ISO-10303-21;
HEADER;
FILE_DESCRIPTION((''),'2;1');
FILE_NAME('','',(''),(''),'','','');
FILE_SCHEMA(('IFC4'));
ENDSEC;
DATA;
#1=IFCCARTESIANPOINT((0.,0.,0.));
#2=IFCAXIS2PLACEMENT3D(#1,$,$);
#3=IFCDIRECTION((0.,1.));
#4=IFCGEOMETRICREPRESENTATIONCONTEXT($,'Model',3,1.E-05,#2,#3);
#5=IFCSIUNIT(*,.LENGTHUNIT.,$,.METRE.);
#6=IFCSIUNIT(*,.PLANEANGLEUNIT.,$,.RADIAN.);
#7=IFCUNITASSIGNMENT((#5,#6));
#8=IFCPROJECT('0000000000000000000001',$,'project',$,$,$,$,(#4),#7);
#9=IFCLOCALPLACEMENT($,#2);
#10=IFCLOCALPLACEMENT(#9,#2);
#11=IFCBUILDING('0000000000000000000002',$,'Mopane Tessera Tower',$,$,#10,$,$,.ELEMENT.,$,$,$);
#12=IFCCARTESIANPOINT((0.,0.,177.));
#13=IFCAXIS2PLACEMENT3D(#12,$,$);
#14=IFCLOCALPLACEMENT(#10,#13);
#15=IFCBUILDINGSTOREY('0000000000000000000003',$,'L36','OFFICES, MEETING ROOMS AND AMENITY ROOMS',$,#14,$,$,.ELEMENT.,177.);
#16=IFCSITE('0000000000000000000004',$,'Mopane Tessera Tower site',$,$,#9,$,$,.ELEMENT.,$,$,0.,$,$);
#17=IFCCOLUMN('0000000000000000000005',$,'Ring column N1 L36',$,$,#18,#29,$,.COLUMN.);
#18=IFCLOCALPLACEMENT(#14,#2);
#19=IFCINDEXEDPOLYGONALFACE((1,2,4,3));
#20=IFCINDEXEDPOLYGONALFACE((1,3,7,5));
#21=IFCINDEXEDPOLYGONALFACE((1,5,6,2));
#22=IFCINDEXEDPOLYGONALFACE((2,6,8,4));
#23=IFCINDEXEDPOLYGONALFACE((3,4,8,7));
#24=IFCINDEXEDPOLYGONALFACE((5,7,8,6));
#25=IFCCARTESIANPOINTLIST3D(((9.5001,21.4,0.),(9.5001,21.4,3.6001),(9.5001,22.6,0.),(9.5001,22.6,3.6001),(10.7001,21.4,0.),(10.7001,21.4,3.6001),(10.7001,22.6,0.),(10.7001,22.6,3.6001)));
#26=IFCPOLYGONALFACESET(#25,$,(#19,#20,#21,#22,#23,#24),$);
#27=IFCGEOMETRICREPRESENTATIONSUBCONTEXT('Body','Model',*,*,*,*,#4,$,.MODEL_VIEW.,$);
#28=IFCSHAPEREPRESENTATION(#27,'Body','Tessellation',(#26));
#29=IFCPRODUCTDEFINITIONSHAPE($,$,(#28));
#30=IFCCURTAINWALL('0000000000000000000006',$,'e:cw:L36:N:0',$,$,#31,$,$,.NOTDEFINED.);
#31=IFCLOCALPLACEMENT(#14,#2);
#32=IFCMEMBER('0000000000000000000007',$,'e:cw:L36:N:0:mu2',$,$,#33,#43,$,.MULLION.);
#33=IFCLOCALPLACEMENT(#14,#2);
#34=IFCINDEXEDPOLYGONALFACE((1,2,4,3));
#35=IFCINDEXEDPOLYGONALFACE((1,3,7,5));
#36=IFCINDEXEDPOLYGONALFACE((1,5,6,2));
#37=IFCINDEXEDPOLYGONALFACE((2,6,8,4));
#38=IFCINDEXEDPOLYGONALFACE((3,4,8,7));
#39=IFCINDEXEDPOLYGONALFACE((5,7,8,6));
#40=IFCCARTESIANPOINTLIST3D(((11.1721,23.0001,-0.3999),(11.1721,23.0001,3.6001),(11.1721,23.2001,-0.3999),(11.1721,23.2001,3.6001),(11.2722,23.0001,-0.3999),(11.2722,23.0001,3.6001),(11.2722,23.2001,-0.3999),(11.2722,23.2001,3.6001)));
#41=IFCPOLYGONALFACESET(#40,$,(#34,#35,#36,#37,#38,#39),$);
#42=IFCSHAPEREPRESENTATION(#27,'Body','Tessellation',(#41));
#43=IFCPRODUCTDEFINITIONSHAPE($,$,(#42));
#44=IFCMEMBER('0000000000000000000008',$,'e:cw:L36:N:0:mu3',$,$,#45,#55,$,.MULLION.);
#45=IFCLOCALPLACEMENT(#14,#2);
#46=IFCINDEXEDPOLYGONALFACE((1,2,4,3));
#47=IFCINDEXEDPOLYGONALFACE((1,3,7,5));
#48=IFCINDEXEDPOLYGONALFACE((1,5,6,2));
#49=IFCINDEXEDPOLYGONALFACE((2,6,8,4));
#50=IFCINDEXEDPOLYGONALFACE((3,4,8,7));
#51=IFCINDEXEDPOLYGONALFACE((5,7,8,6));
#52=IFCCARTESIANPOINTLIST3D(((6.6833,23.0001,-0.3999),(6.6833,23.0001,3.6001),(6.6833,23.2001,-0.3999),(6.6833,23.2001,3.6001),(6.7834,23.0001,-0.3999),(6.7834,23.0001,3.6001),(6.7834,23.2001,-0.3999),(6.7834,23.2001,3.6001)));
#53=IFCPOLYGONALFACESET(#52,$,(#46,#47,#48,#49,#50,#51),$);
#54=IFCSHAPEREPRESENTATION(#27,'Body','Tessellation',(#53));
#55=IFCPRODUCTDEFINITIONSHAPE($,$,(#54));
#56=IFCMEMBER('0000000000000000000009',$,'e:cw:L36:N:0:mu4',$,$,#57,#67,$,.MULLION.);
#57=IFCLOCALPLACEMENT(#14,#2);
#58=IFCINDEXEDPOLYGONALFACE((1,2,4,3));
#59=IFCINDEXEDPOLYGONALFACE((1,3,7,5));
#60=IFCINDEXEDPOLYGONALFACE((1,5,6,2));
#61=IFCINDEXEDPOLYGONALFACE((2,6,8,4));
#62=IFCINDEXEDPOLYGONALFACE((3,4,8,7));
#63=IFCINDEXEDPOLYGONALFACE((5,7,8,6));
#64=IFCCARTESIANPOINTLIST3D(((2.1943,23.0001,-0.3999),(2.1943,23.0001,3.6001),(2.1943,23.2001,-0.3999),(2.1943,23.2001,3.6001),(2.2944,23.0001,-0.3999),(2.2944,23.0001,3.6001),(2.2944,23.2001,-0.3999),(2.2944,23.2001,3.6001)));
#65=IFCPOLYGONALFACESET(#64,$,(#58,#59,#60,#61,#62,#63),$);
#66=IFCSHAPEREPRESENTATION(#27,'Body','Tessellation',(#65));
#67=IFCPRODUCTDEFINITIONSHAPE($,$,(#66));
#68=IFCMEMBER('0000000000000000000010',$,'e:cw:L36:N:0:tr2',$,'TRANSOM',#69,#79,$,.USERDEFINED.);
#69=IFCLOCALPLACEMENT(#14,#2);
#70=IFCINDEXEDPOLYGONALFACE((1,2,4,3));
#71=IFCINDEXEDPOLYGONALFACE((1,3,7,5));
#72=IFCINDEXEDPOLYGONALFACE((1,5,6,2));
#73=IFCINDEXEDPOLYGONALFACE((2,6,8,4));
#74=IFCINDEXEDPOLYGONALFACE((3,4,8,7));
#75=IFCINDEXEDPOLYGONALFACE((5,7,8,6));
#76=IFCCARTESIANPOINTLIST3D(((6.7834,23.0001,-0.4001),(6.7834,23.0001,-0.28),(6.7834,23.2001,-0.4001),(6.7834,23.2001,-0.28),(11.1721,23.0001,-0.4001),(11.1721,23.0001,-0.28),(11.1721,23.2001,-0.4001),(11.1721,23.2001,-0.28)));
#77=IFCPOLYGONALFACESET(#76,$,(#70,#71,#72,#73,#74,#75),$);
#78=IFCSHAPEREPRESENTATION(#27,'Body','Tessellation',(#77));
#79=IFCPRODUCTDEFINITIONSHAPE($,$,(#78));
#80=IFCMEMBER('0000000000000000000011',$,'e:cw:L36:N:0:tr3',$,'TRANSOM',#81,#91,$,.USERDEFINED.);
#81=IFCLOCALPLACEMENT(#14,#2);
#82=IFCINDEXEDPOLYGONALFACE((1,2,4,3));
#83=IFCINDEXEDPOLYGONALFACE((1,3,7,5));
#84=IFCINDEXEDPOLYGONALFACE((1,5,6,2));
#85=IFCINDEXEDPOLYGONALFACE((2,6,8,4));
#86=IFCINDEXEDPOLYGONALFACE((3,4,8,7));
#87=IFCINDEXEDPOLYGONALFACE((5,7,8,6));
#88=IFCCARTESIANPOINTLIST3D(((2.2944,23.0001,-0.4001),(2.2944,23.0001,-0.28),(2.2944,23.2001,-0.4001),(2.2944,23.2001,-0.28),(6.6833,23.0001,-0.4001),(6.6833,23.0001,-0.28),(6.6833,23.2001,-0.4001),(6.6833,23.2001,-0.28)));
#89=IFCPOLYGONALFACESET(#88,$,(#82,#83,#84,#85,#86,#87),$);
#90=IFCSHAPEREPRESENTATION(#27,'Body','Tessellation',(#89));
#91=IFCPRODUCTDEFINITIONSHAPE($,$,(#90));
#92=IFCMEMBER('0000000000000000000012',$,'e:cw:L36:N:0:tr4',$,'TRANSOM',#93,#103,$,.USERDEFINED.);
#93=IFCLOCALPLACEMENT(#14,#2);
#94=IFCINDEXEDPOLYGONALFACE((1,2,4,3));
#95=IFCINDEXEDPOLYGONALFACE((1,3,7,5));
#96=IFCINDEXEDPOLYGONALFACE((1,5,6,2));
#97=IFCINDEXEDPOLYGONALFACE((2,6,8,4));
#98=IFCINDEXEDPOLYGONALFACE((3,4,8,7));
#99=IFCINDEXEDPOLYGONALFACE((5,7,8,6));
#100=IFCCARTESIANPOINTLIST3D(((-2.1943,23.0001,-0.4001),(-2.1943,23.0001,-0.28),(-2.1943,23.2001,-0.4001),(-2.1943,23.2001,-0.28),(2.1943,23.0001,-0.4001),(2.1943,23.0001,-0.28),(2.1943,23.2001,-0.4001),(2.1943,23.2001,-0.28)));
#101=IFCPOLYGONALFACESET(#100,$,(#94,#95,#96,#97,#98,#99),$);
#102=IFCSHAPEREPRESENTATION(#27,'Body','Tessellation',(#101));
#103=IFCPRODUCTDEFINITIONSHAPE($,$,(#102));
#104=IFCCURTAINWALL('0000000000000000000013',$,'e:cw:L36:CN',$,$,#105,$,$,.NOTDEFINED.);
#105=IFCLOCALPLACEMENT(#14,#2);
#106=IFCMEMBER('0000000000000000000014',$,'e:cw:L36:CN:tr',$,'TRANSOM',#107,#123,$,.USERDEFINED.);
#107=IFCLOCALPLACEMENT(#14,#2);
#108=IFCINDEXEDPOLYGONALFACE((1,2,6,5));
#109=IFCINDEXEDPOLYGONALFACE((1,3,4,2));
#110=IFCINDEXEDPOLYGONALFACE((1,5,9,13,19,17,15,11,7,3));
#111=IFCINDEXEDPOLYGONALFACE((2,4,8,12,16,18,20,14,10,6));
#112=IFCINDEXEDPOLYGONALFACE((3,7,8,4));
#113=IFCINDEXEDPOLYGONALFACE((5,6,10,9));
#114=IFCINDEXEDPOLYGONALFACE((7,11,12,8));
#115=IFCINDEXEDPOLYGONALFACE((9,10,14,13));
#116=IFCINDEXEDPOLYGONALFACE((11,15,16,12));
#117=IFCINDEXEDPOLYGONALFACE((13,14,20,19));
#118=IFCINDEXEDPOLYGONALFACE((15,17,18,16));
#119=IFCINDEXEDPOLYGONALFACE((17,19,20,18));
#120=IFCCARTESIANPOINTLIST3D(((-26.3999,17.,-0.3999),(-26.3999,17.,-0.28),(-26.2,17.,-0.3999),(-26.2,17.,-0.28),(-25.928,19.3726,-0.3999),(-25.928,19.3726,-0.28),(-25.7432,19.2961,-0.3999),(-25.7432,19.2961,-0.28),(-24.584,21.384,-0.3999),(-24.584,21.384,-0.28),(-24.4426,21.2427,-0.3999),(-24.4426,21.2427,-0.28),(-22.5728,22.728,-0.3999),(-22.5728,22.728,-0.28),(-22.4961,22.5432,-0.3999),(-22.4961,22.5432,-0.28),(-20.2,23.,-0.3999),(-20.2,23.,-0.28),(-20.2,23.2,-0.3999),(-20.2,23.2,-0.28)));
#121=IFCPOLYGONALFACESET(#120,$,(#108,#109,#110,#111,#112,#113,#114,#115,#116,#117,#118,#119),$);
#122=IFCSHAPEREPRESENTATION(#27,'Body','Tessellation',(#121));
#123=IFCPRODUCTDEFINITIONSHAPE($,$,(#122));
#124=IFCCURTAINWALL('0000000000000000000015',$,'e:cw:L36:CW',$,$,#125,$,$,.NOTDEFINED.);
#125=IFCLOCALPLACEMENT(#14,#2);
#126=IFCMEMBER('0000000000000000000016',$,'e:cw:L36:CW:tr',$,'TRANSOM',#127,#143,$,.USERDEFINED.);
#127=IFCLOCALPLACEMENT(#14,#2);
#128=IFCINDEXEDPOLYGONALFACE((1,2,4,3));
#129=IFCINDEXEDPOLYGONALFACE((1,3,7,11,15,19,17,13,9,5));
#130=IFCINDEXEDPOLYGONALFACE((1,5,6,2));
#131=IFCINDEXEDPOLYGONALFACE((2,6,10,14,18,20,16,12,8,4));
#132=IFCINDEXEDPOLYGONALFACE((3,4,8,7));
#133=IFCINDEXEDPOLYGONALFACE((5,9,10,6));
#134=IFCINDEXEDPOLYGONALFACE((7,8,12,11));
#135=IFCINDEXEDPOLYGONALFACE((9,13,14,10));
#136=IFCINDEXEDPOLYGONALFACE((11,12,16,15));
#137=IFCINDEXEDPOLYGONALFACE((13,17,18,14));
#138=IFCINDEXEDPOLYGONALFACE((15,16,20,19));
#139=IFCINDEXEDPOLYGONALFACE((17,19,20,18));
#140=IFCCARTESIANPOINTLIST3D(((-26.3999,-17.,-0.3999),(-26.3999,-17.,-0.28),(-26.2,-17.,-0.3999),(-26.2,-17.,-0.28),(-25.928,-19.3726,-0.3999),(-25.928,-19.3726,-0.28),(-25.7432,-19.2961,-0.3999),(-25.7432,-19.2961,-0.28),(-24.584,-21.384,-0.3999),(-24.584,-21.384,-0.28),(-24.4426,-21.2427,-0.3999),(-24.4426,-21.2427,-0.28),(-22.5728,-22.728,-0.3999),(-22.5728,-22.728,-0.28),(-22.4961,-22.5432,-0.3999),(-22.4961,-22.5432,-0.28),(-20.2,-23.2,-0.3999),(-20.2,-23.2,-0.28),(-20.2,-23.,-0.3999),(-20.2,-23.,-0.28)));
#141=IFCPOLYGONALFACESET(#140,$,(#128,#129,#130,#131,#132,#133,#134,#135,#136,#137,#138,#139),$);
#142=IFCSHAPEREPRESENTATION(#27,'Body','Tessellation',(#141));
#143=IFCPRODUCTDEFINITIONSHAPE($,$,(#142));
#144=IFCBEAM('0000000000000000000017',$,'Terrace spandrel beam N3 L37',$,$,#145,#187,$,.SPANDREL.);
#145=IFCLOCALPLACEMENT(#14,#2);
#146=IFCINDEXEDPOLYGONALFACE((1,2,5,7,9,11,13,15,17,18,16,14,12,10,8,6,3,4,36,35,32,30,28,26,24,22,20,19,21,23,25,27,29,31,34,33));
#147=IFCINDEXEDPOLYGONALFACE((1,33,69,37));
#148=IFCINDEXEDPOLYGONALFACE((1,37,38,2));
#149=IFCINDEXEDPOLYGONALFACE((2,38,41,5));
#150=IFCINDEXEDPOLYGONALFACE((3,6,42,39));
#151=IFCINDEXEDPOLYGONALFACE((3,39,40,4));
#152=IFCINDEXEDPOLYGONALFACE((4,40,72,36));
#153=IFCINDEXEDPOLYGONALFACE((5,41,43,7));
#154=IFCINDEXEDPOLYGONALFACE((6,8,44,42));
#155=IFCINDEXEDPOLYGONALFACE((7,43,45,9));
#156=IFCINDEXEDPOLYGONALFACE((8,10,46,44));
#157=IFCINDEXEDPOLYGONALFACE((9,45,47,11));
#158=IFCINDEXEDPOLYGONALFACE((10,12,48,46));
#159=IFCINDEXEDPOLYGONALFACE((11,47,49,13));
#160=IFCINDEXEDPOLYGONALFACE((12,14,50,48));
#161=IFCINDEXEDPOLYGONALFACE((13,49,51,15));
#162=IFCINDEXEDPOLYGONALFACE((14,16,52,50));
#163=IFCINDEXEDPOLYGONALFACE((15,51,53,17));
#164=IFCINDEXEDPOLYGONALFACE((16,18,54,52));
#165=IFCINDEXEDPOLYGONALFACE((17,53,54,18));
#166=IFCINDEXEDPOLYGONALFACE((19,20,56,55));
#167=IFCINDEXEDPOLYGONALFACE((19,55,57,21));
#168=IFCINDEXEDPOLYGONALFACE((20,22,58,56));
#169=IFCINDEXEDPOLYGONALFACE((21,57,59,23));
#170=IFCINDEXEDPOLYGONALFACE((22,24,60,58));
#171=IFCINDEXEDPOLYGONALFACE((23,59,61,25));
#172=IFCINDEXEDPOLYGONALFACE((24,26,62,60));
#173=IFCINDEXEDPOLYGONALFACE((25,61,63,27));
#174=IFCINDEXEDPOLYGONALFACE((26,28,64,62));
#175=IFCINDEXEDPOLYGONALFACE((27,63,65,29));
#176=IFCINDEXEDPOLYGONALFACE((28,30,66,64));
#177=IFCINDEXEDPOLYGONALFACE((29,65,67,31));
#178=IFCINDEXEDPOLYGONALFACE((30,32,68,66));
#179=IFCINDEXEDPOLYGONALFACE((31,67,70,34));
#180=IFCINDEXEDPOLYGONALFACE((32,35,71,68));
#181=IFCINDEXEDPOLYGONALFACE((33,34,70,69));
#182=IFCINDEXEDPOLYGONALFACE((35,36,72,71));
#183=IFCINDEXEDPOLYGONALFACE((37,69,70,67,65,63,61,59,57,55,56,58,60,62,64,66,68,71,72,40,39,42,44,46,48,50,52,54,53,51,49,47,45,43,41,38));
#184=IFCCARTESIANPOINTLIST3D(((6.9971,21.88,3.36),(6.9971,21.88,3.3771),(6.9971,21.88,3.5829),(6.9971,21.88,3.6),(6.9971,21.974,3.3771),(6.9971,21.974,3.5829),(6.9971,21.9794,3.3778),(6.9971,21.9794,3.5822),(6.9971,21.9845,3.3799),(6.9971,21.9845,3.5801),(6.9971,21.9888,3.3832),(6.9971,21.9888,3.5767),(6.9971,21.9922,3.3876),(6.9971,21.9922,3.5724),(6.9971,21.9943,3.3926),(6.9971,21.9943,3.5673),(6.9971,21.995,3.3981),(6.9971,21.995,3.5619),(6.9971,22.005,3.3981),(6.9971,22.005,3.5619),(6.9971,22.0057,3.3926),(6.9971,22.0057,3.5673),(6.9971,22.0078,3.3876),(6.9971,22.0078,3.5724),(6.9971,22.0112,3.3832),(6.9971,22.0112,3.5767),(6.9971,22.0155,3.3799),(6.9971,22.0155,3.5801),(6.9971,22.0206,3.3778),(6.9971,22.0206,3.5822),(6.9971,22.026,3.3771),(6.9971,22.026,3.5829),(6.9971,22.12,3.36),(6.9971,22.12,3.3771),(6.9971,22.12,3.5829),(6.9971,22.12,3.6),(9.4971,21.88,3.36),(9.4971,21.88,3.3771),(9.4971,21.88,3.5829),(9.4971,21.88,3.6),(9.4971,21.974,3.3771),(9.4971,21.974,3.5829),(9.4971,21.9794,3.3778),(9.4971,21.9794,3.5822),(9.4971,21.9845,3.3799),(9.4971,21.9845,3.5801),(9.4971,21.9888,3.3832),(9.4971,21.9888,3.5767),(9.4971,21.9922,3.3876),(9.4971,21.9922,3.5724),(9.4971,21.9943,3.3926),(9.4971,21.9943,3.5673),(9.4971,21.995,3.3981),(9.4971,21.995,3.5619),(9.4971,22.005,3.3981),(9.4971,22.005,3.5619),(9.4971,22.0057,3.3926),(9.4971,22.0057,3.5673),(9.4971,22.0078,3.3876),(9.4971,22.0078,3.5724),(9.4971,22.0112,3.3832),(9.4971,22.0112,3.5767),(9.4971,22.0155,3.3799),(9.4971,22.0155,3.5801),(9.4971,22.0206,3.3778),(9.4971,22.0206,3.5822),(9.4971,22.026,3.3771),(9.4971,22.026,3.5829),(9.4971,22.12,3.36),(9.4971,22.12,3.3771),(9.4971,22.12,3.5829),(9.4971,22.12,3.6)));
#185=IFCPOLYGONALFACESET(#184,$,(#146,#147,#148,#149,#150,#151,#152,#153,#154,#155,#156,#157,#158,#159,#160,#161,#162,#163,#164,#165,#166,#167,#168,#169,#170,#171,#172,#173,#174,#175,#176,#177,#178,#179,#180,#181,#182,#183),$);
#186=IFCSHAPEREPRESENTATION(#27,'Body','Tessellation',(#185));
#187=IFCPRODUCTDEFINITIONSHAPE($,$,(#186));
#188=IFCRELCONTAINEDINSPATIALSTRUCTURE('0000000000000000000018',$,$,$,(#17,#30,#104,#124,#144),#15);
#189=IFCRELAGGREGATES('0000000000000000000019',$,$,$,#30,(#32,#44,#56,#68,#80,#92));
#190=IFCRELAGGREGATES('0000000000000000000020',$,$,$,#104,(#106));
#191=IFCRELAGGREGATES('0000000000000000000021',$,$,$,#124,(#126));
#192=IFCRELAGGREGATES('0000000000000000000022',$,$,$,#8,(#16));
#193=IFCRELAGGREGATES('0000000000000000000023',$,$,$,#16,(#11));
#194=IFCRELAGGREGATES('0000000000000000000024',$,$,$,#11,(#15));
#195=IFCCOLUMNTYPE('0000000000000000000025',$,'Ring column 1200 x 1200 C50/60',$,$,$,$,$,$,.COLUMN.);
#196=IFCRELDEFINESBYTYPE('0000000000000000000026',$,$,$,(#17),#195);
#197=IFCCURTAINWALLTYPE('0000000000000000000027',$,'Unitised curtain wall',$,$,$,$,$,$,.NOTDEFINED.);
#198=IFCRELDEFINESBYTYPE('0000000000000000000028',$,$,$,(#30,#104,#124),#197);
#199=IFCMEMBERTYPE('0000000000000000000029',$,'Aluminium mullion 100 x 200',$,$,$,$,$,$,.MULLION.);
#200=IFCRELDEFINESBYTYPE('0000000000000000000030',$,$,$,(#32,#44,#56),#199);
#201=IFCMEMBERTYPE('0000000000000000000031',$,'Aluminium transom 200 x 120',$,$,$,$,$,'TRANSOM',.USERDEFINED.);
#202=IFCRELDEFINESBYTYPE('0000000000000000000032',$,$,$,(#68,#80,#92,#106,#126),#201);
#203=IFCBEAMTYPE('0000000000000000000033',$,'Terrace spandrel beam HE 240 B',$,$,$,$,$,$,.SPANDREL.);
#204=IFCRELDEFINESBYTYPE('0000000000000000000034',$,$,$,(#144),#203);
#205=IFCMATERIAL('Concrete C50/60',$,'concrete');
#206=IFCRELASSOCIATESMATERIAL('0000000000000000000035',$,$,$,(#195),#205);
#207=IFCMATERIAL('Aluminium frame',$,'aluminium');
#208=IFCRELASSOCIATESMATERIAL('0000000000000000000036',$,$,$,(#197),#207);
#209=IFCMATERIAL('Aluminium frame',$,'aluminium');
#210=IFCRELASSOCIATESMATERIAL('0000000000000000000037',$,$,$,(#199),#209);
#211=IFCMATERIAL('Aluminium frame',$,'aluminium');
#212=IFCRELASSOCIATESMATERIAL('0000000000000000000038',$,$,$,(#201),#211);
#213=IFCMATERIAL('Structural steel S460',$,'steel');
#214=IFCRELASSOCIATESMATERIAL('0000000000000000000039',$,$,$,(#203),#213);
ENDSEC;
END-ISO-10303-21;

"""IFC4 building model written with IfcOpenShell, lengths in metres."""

from ifc_helpers import new_model, si_unit, direction, frame, origin, origin_2d, place, context, subcontext, project, spatial, polyline, rectangle, i_section, outline, extrude, material, material_profile, profile_set, type_object, element, aggregate, save


model = new_model("IFC4")

# Units and contexts
model_context = context("Model", 3, precision=1e-05, world=origin(), true_north=direction((0.0, 1.0)))
body_context = subcontext(model_context, "Body", "Model", "MODEL_VIEW")
ifc_project = project(units=[si_unit("LENGTHUNIT", "METRE"), si_unit("PLANEANGLEUNIT", "RADIAN")], contexts=[model_context])

# Site, building, storey
site_placement = place(None, origin())
site = spatial("IfcSite", under=ifc_project, at=site_placement, Name="Mopane Tessera Tower site", CompositionType="ELEMENT", RefElevation=0.0)
building_placement = place(site_placement, origin())
building = spatial("IfcBuilding", under=site, at=building_placement, Name="Mopane Tessera Tower", CompositionType="ELEMENT")
storey_placement = place(building_placement, frame((0.0, 0.0, 177.0)))
storey = spatial("IfcBuildingStorey", under=building, at=storey_placement, Name="L36", Description="OFFICES, MEETING ROOMS AND AMENITY ROOMS", CompositionType="ELEMENT", Elevation=177.0)

# Column
ifc_material_1 = material(Name="Concrete C50/60", Category="concrete")
ifc_material_profile_1 = material_profile(ifc_material_1, rectangle(XDim=1.2, YDim=1.2, at=origin_2d()))
ifc_profile_set_1 = profile_set([ifc_material_profile_1], Name="Concrete C50/60")
column_type = type_object("IfcColumnType", Name="Ring column 1200 x 1200 C50/60", PredefinedType="COLUMN", material=ifc_profile_set_1)
column_placement = place(storey_placement, frame((10.1001, 22.0, 0.0), z_axis=(0.0, 0.0, 1.0), x_axis=(1.0, 0.0, 0.0)))
element("IfcColumn", 1, at=column_placement, inside=storey, type_object=column_type, Name="Ring column N1 L36", PredefinedType="COLUMN", context=body_context, shape_type="SweptSolid", body=[
    extrude(rectangle(XDim=1.2, YDim=1.2, at=origin_2d()), origin(), (0.0, 0.0, 1.0), 3.6001),
])

# Curtain wall, members
ifc_material_2 = material(Name="Aluminium frame", Category="aluminium")
curtain_wall_type = type_object("IfcCurtainWallType", Name="Unitised curtain wall", PredefinedType="NOTDEFINED", material=ifc_material_2)
curtain_wall_1_placement = place(storey_placement, origin())
curtain_wall_1 = element("IfcCurtainWall", 2, at=curtain_wall_1_placement, inside=storey, type_object=curtain_wall_type, Name="e:cw:L36:N:0", PredefinedType="NOTDEFINED")
ifc_material_3 = material(Name="Aluminium frame", Category="aluminium")
ifc_material_profile_2 = material_profile(ifc_material_3, rectangle(XDim=0.1001, YDim=0.2, at=origin_2d()))
ifc_profile_set_2 = profile_set([ifc_material_profile_2], Name="Aluminium frame")
member_type_1 = type_object("IfcMemberType", Name="Aluminium mullion 100 x 200", PredefinedType="MULLION", material=ifc_profile_set_2)
member_1_placement = place(storey_placement, frame((11.2222, 23.1001, -0.3999), z_axis=(0.0, 0.0, 1.0), x_axis=(-1.0, 0.0, 0.0)))
member_1 = element("IfcMember", 3, at=member_1_placement, type_object=member_type_1, Name="e:cw:L36:N:0:mu2", PredefinedType="MULLION", context=body_context, shape_type="SweptSolid", body=[
    extrude(rectangle(XDim=0.1001, YDim=0.2, at=origin_2d()), origin(), (0.0, 0.0, 1.0), 4.0),
])
member_2_placement = place(storey_placement, frame((6.7334, 23.1001, -0.3999), z_axis=(0.0, 0.0, 1.0), x_axis=(-1.0, 0.0, 0.0)))
member_2 = element("IfcMember", 4, at=member_2_placement, type_object=member_type_1, Name="e:cw:L36:N:0:mu3", PredefinedType="MULLION", context=body_context, shape_type="SweptSolid", body=[
    extrude(rectangle(XDim=0.1001, YDim=0.2, at=origin_2d()), origin(), (0.0, 0.0, 1.0), 4.0),
])
member_3_placement = place(storey_placement, frame((2.2444, 23.1001, -0.3999), z_axis=(0.0, 0.0, 1.0), x_axis=(-1.0, 0.0, 0.0)))
member_3 = element("IfcMember", 5, at=member_3_placement, type_object=member_type_1, Name="e:cw:L36:N:0:mu4", PredefinedType="MULLION", context=body_context, shape_type="SweptSolid", body=[
    extrude(rectangle(XDim=0.1001, YDim=0.2, at=origin_2d()), origin(), (0.0, 0.0, 1.0), 4.0),
])
ifc_material_4 = material(Name="Aluminium frame", Category="aluminium")
ifc_material_profile_3 = material_profile(ifc_material_4, rectangle(XDim=0.2, YDim=0.1201, at=origin_2d()))
ifc_profile_set_3 = profile_set([ifc_material_profile_3], Name="Aluminium frame")
member_type_2 = type_object("IfcMemberType", Name="Aluminium transom 200 x 120", ElementType="TRANSOM", PredefinedType="USERDEFINED", material=ifc_profile_set_3)
member_4_placement = place(storey_placement, frame((11.1721, 23.1001, -0.3401), z_axis=(-1.0, 0.0, 0.0), x_axis=(0.0, -1.0, 0.0)))
member_4 = element("IfcMember", 6, at=member_4_placement, type_object=member_type_2, Name="e:cw:L36:N:0:tr2", ObjectType="TRANSOM", PredefinedType="USERDEFINED", context=body_context, shape_type="SweptSolid", body=[
    extrude(rectangle(XDim=0.2, YDim=0.1201, at=origin_2d()), origin(), (0.0, 0.0, 1.0), 4.3887),
])
member_5_placement = place(storey_placement, frame((6.6833, 23.1001, -0.3401), z_axis=(-1.0, 0.0, 0.0), x_axis=(0.0, -1.0, 0.0)))
member_5 = element("IfcMember", 7, at=member_5_placement, type_object=member_type_2, Name="e:cw:L36:N:0:tr3", ObjectType="TRANSOM", PredefinedType="USERDEFINED", context=body_context, shape_type="SweptSolid", body=[
    extrude(rectangle(XDim=0.2, YDim=0.1201, at=origin_2d()), origin(), (0.0, 0.0, 1.0), 4.3889),
])
member_6_placement = place(storey_placement, frame((2.1943, 23.1001, -0.3401), z_axis=(-1.0, 0.0, 0.0), x_axis=(0.0, -1.0, 0.0)))
member_6 = element("IfcMember", 8, at=member_6_placement, type_object=member_type_2, Name="e:cw:L36:N:0:tr4", ObjectType="TRANSOM", PredefinedType="USERDEFINED", context=body_context, shape_type="SweptSolid", body=[
    extrude(rectangle(XDim=0.2, YDim=0.1201, at=origin_2d()), origin(), (0.0, 0.0, 1.0), 4.3887),
])

# Curtain walls, members
curtain_wall_2_placement = place(storey_placement, origin())
curtain_wall_2 = element("IfcCurtainWall", 9, at=curtain_wall_2_placement, inside=storey, type_object=curtain_wall_type, Name="e:cw:L36:CN", PredefinedType="NOTDEFINED")
member_7_placement = place(storey_placement, frame((0.0, 0.0, -0.3999)))
member_7 = element("IfcMember", 10, at=member_7_placement, type_object=member_type_2, Name="e:cw:L36:CN:tr", ObjectType="TRANSOM", PredefinedType="USERDEFINED", context=body_context, shape_type="SweptSolid", body=[
    extrude(outline(polyline([(-20.2, 23.0), (-22.4961, 22.5432), (-24.4426, 21.2427), (-25.7432, 19.2961), (-26.2, 17.0), (-26.3999, 17.0), (-25.928, 19.3726), (-24.584, 21.384), (-22.5728, 22.728), (-20.2, 23.2), (-20.2, 23.0)])), origin(), (0.0, 0.0, 1.0), 0.1199),
])
curtain_wall_3_placement = place(storey_placement, origin())
curtain_wall_3 = element("IfcCurtainWall", 11, at=curtain_wall_3_placement, inside=storey, type_object=curtain_wall_type, Name="e:cw:L36:CW", PredefinedType="NOTDEFINED")
member_8_placement = place(storey_placement, frame((0.0, 0.0, -0.3999)))
member_8 = element("IfcMember", 12, at=member_8_placement, type_object=member_type_2, Name="e:cw:L36:CW:tr", ObjectType="TRANSOM", PredefinedType="USERDEFINED", context=body_context, shape_type="SweptSolid", body=[
    extrude(outline(polyline([(-26.2, -17.0), (-25.7432, -19.2961), (-24.4426, -21.2427), (-22.4961, -22.5432), (-20.2, -23.0), (-20.2, -23.2), (-22.5728, -22.728), (-24.584, -21.384), (-25.928, -19.3726), (-26.3999, -17.0), (-26.2, -17.0)])), origin(), (0.0, 0.0, 1.0), 0.1199),
])

# Beam
ifc_material_5 = material(Name="Structural steel S460", Category="steel")
ifc_material_profile_4 = material_profile(ifc_material_5, i_section(OverallWidth=0.24, OverallDepth=0.24, WebThickness=0.01, FlangeThickness=0.0171, FilletRadius=0.021, at=origin_2d()))
ifc_profile_set_4 = profile_set([ifc_material_profile_4], Name="Structural steel S460")
beam_type_1 = type_object("IfcBeamType", Name="Terrace spandrel beam HE 240 B", PredefinedType="SPANDREL", material=ifc_profile_set_4)
beam_1_placement = place(storey_placement, frame((9.4971, 22.0, 3.48), z_axis=(-1.0, 0.0, 0.0), x_axis=(0.0, -1.0, 0.0)))
element("IfcBeam", 13, at=beam_1_placement, inside=storey, type_object=beam_type_1, Name="Terrace spandrel beam N3 L37", PredefinedType="SPANDREL", context=body_context, shape_type="SweptSolid", body=[
    extrude(i_section(OverallWidth=0.24, OverallDepth=0.24, WebThickness=0.01, FlangeThickness=0.0171, FilletRadius=0.021, at=origin_2d()), origin(), (0.0, 0.0, 1.0), 2.5),
])

aggregate(curtain_wall_1, [member_1, member_2, member_3, member_4, member_5, member_6])
aggregate(curtain_wall_2, [member_7])
aggregate(curtain_wall_3, [member_8])

save(model, "model.ifc")
